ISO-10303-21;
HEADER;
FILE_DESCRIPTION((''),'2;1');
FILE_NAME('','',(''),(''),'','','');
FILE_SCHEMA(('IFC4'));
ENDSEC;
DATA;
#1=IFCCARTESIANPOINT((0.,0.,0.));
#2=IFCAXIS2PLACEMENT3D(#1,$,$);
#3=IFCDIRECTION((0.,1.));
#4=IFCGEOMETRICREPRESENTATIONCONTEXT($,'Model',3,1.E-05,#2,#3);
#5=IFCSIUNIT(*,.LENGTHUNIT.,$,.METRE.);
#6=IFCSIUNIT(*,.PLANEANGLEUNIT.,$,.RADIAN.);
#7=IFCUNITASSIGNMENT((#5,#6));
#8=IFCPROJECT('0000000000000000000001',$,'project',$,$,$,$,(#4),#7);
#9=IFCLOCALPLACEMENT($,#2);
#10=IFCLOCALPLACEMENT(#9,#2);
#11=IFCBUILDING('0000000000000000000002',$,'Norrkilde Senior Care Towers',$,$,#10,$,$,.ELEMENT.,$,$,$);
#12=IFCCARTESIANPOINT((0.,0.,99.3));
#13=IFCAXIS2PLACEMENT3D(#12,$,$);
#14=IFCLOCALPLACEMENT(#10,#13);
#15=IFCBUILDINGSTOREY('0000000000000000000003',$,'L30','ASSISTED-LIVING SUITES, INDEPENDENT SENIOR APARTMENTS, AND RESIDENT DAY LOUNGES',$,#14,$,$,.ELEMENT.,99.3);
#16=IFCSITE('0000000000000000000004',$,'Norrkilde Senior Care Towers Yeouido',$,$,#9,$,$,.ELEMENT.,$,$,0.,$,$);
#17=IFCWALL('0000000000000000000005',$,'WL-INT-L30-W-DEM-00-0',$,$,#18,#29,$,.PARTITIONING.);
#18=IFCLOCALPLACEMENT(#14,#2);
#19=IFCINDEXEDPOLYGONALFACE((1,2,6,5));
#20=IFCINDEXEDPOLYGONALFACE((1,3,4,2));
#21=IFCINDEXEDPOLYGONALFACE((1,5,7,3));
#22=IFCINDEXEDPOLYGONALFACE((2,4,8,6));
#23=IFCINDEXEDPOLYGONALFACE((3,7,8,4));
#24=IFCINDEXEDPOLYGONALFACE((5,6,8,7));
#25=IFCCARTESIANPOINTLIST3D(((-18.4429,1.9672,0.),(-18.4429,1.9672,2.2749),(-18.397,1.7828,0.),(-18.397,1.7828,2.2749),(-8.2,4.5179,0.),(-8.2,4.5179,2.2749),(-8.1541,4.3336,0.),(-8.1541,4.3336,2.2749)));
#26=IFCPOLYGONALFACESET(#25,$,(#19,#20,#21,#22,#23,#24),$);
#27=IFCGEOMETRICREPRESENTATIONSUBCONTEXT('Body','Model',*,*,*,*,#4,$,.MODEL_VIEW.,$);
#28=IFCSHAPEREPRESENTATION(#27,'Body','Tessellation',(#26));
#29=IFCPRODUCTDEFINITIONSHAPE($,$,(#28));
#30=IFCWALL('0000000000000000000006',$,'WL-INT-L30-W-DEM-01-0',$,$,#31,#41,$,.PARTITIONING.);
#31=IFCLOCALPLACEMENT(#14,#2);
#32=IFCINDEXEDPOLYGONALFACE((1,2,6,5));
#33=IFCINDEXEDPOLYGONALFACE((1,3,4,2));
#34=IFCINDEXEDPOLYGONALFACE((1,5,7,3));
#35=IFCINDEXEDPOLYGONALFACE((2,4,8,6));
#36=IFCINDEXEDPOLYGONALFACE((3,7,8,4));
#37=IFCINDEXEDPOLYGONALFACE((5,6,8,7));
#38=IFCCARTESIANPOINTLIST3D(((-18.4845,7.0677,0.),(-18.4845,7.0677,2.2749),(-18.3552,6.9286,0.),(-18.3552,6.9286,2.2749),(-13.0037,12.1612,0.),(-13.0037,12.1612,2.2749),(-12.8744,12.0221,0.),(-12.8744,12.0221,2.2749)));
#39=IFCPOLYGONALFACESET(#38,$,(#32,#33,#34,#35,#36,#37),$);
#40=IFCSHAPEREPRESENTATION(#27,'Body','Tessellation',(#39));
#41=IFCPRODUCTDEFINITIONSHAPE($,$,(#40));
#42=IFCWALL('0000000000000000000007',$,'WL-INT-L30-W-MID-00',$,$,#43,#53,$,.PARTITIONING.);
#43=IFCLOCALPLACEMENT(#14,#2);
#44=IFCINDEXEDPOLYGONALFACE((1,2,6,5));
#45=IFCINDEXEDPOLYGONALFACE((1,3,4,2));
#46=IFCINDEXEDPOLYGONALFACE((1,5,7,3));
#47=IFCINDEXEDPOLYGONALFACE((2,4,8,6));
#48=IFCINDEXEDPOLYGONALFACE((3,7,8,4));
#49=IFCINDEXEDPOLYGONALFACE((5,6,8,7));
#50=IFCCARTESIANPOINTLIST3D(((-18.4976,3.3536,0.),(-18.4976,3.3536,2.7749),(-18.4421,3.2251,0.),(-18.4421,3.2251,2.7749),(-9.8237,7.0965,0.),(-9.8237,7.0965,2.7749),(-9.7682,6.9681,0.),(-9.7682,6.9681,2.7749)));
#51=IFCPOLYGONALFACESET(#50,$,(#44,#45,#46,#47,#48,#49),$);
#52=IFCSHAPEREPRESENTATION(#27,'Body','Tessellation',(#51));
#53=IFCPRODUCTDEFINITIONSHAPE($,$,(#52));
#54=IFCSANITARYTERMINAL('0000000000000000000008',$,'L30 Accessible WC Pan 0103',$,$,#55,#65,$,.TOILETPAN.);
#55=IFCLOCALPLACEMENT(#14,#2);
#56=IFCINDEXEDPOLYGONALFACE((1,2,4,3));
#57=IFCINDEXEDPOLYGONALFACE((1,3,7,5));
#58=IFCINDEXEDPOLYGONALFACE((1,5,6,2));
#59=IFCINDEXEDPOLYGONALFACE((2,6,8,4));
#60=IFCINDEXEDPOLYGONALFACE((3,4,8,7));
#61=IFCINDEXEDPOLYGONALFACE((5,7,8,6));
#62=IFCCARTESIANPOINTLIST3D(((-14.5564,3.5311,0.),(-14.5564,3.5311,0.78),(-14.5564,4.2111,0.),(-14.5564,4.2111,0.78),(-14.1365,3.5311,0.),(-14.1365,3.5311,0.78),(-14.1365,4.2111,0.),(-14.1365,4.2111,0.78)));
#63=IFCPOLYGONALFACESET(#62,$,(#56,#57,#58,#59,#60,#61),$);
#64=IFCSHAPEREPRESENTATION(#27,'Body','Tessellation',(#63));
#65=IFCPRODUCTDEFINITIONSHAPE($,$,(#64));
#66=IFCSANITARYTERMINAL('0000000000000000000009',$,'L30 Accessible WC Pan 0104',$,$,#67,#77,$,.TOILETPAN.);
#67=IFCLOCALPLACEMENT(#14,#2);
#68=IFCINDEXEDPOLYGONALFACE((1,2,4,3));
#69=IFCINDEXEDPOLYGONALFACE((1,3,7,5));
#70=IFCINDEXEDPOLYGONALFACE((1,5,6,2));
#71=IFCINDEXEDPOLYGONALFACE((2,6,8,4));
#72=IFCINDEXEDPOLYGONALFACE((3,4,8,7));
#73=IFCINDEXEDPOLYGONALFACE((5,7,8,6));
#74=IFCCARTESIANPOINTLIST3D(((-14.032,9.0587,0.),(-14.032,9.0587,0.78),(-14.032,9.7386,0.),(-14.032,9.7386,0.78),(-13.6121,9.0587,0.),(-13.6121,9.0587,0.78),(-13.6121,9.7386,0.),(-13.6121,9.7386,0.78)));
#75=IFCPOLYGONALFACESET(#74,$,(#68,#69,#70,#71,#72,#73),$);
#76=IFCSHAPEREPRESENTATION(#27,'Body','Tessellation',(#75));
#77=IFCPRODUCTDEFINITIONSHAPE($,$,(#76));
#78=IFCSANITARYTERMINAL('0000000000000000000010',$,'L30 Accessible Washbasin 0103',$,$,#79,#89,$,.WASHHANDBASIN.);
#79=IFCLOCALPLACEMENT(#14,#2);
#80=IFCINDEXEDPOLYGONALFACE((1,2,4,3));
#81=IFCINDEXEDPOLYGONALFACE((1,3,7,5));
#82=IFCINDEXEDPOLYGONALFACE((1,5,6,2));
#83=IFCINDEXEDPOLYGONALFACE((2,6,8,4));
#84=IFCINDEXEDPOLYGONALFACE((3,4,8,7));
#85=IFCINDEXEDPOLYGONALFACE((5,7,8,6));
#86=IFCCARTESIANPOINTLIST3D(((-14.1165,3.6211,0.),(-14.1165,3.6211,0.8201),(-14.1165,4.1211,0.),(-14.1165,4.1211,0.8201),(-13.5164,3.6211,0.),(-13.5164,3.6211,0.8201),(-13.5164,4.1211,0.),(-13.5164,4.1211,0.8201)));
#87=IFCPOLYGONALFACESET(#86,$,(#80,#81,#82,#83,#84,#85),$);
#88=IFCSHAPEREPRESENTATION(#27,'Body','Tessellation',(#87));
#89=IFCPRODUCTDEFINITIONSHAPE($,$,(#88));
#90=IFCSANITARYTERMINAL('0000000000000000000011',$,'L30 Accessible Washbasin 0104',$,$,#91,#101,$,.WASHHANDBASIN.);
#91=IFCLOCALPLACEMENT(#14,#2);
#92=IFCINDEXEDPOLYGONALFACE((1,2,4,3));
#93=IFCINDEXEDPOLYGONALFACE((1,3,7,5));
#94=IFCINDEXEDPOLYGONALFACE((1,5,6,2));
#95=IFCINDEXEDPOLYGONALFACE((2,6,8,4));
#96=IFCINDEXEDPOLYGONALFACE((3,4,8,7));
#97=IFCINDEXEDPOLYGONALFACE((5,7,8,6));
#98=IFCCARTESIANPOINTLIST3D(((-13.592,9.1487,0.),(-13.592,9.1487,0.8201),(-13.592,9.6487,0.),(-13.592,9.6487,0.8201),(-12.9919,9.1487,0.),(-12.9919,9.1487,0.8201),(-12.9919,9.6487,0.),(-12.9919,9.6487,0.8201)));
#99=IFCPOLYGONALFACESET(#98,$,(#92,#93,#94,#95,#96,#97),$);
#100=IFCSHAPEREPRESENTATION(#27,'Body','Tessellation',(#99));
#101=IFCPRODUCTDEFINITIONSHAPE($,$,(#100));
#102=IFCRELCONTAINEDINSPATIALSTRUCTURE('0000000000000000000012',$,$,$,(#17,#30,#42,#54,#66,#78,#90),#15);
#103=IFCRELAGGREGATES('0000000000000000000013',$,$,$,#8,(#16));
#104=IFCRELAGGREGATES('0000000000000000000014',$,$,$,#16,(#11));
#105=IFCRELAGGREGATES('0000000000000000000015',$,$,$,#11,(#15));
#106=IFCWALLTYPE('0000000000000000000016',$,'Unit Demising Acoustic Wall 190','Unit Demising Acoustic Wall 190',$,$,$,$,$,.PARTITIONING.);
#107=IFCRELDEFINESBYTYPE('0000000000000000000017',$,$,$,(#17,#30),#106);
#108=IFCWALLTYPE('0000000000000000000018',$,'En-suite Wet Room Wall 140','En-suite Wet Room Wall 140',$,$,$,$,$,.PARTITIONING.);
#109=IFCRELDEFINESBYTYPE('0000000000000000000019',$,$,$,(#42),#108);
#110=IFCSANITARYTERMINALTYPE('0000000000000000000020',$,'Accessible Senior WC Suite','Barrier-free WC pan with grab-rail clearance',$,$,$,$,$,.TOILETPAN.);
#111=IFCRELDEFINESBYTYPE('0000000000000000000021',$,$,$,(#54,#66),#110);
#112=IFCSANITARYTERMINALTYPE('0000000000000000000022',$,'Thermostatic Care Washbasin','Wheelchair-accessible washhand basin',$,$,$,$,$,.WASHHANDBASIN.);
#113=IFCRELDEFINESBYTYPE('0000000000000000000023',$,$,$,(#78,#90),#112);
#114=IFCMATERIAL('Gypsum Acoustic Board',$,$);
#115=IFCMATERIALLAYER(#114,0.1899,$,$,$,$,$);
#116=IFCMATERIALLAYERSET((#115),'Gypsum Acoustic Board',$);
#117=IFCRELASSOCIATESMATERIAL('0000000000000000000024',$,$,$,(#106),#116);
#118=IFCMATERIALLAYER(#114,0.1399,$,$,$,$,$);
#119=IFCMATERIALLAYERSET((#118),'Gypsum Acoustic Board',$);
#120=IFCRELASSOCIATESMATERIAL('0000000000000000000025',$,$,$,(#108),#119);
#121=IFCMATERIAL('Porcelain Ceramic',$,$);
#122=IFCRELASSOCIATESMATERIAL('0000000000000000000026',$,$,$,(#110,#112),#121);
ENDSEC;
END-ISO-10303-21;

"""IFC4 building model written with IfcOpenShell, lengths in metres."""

from ifc_helpers import new_model, si_unit, direction, frame, frame_2d, origin, origin_2d, place, context, subcontext, project, spatial, rectangle, extrude, source, transform, mapped, material, layer, layer_set, type_object, type_shapes, element, save


model = new_model("IFC4")

# Units and contexts
model_context = context("Model", 3, precision=1e-05, world=origin(), true_north=direction((0.0, 1.0)))
body_context = subcontext(model_context, "Body", "Model", "MODEL_VIEW")
ifc_project = project(units=[si_unit("LENGTHUNIT", "METRE"), si_unit("PLANEANGLEUNIT", "RADIAN")], contexts=[model_context])

# Site, building, storey
site_placement = place(None, origin())
site = spatial("IfcSite", under=ifc_project, at=site_placement, Name="Norrkilde Senior Care Towers Yeouido", CompositionType="ELEMENT", RefElevation=0.0)
building_placement = place(site_placement, origin())
building = spatial("IfcBuilding", under=site, at=building_placement, Name="Norrkilde Senior Care Towers", CompositionType="ELEMENT")
storey_placement = place(building_placement, frame((0.0, 0.0, 99.3)))
storey = spatial("IfcBuildingStorey", under=building, at=storey_placement, Name="L30", Description="ASSISTED-LIVING SUITES, INDEPENDENT SENIOR APARTMENTS, AND RESIDENT DAY LOUNGES", CompositionType="ELEMENT", Elevation=99.3)

# Shared definitions
ifc_material_1 = material(Name="Gypsum Acoustic Board")

# Walls
ifc_layer_1 = layer(ifc_material_1, 0.1899)
ifc_layer_set_1 = layer_set([ifc_layer_1], Name="Gypsum Acoustic Board")
wall_type_1 = type_object("IfcWallType", Name="Unit Demising Acoustic Wall 190", Description="Unit Demising Acoustic Wall 190", PredefinedType="PARTITIONING", material=ifc_layer_set_1)
shared_shape_1 = source(origin(), body_context, "Body", "SweptSolid", [
    extrude(rectangle(XDim=10.5557, YDim=0.1899, at=frame_2d((5.2778, 0.0))), origin(), (0.0, 0.0, 1.0), 2.2749),
])
wall_1_placement = place(storey_placement, frame((-18.4199, 1.875, 0.0), z_axis=(0.0, 0.0, 1.0), x_axis=(0.970364, 0.241648, 0.0)))
element("IfcWall", 1, at=wall_1_placement, inside=storey, type_object=wall_type_1, Name="WL-INT-L30-W-DEM-00-0", PredefinedType="PARTITIONING", context=body_context, shape_type="MappedRepresentation", body=[
    mapped(shared_shape_1, transform((0.0, 0.0, 0.0), x_axis=(1.0, 0.0, 0.0), y_axis=(0.0, 1.0, 0.0), z_axis=(0.0, 0.0, 1.0), scale=1.0)),
])
shared_shape_2 = source(origin(), body_context, "Body", "SweptSolid", [
    extrude(rectangle(XDim=7.4822, YDim=0.1899, at=frame_2d((3.7412, 0.0))), origin(), (0.0, 0.0, 1.0), 2.2749),
])
type_shapes(wall_type_1, [shared_shape_1, shared_shape_2])
wall_2_placement = place(storey_placement, frame((-18.4199, 6.998, 0.0), z_axis=(0.0, 0.0, 1.0), x_axis=(0.732509, 0.680758, 0.0)))
element("IfcWall", 2, at=wall_2_placement, inside=storey, type_object=wall_type_1, Name="WL-INT-L30-W-DEM-01-0", PredefinedType="PARTITIONING", context=body_context, shape_type="MappedRepresentation", body=[
    mapped(shared_shape_2, transform((0.0, 0.0, 0.0), x_axis=(1.0, 0.0, 0.0), y_axis=(0.0, 1.0, 0.0), z_axis=(0.0, 0.0, 1.0), scale=1.0)),
])
ifc_layer_2 = layer(ifc_material_1, 0.1399)
ifc_layer_set_2 = layer_set([ifc_layer_2], Name="Gypsum Acoustic Board")
wall_type_2 = type_object("IfcWallType", Name="En-suite Wet Room Wall 140", Description="En-suite Wet Room Wall 140", PredefinedType="PARTITIONING", material=ifc_layer_set_2)
shared_shape_3 = source(origin(), body_context, "Body", "SweptSolid", [
    extrude(rectangle(XDim=9.447, YDim=0.1399, at=frame_2d((4.7236, 0.0))), origin(), (0.0, 0.0, 1.0), 2.7749),
])
type_shapes(wall_type_2, [shared_shape_3])
wall_3_placement = place(storey_placement, frame((-18.47, 3.2893, 0.0), z_axis=(0.0, 0.0, 1.0), x_axis=(0.918162, 0.396204, 0.0)))
element("IfcWall", 3, at=wall_3_placement, inside=storey, type_object=wall_type_2, Name="WL-INT-L30-W-MID-00", PredefinedType="PARTITIONING", context=body_context, shape_type="MappedRepresentation", body=[
    mapped(shared_shape_3, transform((0.0, 0.0, 0.0), x_axis=(1.0, 0.0, 0.0), y_axis=(0.0, 1.0, 0.0), z_axis=(0.0, 0.0, 1.0), scale=1.0)),
])

# Sanitary terminals
ifc_material_2 = material(Name="Porcelain Ceramic")
sanitary_terminal_type_1 = type_object("IfcSanitaryTerminalType", Name="Accessible Senior WC Suite", Description="Barrier-free WC pan with grab-rail clearance", PredefinedType="TOILETPAN", material=ifc_material_2)
shared_shape_4 = source(origin(), body_context, "Body", "SweptSolid", [
    extrude(rectangle(XDim=0.4199, YDim=0.6799, at=origin_2d()), origin(), (0.0, 0.0, 1.0), 0.78),
])
type_shapes(sanitary_terminal_type_1, [shared_shape_4])
for number, where, z_axis, x_axis, name in (
    (4, (-14.3464, 3.8711, 0.0), (0.0, 0.0, 1.0), (1.0, 0.0, 0.0), "L30 Accessible WC Pan 0103"),
    (5, (-13.822, 9.3987, 0.0), (0.0, 0.0, 1.0), (1.0, 0.0, 0.0), "L30 Accessible WC Pan 0104"),
):
    element("IfcSanitaryTerminal", number, at=place(storey_placement, frame(where, z_axis=z_axis, x_axis=x_axis)), inside=storey, type_object=sanitary_terminal_type_1, Name=name, PredefinedType="TOILETPAN", context=body_context, shape_type="MappedRepresentation", body=[
        mapped(shared_shape_4, transform((0.0, 0.0, 0.0), x_axis=(1.0, 0.0, 0.0), y_axis=(0.0, 1.0, 0.0), z_axis=(0.0, 0.0, 1.0), scale=1.0)),
    ])
sanitary_terminal_type_2 = type_object("IfcSanitaryTerminalType", Name="Thermostatic Care Washbasin", Description="Wheelchair-accessible washhand basin", PredefinedType="WASHHANDBASIN", material=ifc_material_2)
shared_shape_5 = source(origin(), body_context, "Body", "SweptSolid", [
    extrude(rectangle(XDim=0.6001, YDim=0.5, at=origin_2d()), origin(), (0.0, 0.0, 1.0), 0.8201),
])
type_shapes(sanitary_terminal_type_2, [shared_shape_5])
for number, where, z_axis, x_axis, name in (
    (6, (-13.8164, 3.8711, 0.0), (0.0, 0.0, 1.0), (1.0, 0.0, 0.0), "L30 Accessible Washbasin 0103"),
    (7, (-13.292, 9.3987, 0.0), (0.0, 0.0, 1.0), (1.0, 0.0, 0.0), "L30 Accessible Washbasin 0104"),
):
    element("IfcSanitaryTerminal", number, at=place(storey_placement, frame(where, z_axis=z_axis, x_axis=x_axis)), inside=storey, type_object=sanitary_terminal_type_2, Name=name, PredefinedType="WASHHANDBASIN", context=body_context, shape_type="MappedRepresentation", body=[
        mapped(shared_shape_5, transform((0.0, 0.0, 0.0), x_axis=(1.0, 0.0, 0.0), y_axis=(0.0, 1.0, 0.0), z_axis=(0.0, 0.0, 1.0), scale=1.0)),
    ])

save(model, "model.ifc")
